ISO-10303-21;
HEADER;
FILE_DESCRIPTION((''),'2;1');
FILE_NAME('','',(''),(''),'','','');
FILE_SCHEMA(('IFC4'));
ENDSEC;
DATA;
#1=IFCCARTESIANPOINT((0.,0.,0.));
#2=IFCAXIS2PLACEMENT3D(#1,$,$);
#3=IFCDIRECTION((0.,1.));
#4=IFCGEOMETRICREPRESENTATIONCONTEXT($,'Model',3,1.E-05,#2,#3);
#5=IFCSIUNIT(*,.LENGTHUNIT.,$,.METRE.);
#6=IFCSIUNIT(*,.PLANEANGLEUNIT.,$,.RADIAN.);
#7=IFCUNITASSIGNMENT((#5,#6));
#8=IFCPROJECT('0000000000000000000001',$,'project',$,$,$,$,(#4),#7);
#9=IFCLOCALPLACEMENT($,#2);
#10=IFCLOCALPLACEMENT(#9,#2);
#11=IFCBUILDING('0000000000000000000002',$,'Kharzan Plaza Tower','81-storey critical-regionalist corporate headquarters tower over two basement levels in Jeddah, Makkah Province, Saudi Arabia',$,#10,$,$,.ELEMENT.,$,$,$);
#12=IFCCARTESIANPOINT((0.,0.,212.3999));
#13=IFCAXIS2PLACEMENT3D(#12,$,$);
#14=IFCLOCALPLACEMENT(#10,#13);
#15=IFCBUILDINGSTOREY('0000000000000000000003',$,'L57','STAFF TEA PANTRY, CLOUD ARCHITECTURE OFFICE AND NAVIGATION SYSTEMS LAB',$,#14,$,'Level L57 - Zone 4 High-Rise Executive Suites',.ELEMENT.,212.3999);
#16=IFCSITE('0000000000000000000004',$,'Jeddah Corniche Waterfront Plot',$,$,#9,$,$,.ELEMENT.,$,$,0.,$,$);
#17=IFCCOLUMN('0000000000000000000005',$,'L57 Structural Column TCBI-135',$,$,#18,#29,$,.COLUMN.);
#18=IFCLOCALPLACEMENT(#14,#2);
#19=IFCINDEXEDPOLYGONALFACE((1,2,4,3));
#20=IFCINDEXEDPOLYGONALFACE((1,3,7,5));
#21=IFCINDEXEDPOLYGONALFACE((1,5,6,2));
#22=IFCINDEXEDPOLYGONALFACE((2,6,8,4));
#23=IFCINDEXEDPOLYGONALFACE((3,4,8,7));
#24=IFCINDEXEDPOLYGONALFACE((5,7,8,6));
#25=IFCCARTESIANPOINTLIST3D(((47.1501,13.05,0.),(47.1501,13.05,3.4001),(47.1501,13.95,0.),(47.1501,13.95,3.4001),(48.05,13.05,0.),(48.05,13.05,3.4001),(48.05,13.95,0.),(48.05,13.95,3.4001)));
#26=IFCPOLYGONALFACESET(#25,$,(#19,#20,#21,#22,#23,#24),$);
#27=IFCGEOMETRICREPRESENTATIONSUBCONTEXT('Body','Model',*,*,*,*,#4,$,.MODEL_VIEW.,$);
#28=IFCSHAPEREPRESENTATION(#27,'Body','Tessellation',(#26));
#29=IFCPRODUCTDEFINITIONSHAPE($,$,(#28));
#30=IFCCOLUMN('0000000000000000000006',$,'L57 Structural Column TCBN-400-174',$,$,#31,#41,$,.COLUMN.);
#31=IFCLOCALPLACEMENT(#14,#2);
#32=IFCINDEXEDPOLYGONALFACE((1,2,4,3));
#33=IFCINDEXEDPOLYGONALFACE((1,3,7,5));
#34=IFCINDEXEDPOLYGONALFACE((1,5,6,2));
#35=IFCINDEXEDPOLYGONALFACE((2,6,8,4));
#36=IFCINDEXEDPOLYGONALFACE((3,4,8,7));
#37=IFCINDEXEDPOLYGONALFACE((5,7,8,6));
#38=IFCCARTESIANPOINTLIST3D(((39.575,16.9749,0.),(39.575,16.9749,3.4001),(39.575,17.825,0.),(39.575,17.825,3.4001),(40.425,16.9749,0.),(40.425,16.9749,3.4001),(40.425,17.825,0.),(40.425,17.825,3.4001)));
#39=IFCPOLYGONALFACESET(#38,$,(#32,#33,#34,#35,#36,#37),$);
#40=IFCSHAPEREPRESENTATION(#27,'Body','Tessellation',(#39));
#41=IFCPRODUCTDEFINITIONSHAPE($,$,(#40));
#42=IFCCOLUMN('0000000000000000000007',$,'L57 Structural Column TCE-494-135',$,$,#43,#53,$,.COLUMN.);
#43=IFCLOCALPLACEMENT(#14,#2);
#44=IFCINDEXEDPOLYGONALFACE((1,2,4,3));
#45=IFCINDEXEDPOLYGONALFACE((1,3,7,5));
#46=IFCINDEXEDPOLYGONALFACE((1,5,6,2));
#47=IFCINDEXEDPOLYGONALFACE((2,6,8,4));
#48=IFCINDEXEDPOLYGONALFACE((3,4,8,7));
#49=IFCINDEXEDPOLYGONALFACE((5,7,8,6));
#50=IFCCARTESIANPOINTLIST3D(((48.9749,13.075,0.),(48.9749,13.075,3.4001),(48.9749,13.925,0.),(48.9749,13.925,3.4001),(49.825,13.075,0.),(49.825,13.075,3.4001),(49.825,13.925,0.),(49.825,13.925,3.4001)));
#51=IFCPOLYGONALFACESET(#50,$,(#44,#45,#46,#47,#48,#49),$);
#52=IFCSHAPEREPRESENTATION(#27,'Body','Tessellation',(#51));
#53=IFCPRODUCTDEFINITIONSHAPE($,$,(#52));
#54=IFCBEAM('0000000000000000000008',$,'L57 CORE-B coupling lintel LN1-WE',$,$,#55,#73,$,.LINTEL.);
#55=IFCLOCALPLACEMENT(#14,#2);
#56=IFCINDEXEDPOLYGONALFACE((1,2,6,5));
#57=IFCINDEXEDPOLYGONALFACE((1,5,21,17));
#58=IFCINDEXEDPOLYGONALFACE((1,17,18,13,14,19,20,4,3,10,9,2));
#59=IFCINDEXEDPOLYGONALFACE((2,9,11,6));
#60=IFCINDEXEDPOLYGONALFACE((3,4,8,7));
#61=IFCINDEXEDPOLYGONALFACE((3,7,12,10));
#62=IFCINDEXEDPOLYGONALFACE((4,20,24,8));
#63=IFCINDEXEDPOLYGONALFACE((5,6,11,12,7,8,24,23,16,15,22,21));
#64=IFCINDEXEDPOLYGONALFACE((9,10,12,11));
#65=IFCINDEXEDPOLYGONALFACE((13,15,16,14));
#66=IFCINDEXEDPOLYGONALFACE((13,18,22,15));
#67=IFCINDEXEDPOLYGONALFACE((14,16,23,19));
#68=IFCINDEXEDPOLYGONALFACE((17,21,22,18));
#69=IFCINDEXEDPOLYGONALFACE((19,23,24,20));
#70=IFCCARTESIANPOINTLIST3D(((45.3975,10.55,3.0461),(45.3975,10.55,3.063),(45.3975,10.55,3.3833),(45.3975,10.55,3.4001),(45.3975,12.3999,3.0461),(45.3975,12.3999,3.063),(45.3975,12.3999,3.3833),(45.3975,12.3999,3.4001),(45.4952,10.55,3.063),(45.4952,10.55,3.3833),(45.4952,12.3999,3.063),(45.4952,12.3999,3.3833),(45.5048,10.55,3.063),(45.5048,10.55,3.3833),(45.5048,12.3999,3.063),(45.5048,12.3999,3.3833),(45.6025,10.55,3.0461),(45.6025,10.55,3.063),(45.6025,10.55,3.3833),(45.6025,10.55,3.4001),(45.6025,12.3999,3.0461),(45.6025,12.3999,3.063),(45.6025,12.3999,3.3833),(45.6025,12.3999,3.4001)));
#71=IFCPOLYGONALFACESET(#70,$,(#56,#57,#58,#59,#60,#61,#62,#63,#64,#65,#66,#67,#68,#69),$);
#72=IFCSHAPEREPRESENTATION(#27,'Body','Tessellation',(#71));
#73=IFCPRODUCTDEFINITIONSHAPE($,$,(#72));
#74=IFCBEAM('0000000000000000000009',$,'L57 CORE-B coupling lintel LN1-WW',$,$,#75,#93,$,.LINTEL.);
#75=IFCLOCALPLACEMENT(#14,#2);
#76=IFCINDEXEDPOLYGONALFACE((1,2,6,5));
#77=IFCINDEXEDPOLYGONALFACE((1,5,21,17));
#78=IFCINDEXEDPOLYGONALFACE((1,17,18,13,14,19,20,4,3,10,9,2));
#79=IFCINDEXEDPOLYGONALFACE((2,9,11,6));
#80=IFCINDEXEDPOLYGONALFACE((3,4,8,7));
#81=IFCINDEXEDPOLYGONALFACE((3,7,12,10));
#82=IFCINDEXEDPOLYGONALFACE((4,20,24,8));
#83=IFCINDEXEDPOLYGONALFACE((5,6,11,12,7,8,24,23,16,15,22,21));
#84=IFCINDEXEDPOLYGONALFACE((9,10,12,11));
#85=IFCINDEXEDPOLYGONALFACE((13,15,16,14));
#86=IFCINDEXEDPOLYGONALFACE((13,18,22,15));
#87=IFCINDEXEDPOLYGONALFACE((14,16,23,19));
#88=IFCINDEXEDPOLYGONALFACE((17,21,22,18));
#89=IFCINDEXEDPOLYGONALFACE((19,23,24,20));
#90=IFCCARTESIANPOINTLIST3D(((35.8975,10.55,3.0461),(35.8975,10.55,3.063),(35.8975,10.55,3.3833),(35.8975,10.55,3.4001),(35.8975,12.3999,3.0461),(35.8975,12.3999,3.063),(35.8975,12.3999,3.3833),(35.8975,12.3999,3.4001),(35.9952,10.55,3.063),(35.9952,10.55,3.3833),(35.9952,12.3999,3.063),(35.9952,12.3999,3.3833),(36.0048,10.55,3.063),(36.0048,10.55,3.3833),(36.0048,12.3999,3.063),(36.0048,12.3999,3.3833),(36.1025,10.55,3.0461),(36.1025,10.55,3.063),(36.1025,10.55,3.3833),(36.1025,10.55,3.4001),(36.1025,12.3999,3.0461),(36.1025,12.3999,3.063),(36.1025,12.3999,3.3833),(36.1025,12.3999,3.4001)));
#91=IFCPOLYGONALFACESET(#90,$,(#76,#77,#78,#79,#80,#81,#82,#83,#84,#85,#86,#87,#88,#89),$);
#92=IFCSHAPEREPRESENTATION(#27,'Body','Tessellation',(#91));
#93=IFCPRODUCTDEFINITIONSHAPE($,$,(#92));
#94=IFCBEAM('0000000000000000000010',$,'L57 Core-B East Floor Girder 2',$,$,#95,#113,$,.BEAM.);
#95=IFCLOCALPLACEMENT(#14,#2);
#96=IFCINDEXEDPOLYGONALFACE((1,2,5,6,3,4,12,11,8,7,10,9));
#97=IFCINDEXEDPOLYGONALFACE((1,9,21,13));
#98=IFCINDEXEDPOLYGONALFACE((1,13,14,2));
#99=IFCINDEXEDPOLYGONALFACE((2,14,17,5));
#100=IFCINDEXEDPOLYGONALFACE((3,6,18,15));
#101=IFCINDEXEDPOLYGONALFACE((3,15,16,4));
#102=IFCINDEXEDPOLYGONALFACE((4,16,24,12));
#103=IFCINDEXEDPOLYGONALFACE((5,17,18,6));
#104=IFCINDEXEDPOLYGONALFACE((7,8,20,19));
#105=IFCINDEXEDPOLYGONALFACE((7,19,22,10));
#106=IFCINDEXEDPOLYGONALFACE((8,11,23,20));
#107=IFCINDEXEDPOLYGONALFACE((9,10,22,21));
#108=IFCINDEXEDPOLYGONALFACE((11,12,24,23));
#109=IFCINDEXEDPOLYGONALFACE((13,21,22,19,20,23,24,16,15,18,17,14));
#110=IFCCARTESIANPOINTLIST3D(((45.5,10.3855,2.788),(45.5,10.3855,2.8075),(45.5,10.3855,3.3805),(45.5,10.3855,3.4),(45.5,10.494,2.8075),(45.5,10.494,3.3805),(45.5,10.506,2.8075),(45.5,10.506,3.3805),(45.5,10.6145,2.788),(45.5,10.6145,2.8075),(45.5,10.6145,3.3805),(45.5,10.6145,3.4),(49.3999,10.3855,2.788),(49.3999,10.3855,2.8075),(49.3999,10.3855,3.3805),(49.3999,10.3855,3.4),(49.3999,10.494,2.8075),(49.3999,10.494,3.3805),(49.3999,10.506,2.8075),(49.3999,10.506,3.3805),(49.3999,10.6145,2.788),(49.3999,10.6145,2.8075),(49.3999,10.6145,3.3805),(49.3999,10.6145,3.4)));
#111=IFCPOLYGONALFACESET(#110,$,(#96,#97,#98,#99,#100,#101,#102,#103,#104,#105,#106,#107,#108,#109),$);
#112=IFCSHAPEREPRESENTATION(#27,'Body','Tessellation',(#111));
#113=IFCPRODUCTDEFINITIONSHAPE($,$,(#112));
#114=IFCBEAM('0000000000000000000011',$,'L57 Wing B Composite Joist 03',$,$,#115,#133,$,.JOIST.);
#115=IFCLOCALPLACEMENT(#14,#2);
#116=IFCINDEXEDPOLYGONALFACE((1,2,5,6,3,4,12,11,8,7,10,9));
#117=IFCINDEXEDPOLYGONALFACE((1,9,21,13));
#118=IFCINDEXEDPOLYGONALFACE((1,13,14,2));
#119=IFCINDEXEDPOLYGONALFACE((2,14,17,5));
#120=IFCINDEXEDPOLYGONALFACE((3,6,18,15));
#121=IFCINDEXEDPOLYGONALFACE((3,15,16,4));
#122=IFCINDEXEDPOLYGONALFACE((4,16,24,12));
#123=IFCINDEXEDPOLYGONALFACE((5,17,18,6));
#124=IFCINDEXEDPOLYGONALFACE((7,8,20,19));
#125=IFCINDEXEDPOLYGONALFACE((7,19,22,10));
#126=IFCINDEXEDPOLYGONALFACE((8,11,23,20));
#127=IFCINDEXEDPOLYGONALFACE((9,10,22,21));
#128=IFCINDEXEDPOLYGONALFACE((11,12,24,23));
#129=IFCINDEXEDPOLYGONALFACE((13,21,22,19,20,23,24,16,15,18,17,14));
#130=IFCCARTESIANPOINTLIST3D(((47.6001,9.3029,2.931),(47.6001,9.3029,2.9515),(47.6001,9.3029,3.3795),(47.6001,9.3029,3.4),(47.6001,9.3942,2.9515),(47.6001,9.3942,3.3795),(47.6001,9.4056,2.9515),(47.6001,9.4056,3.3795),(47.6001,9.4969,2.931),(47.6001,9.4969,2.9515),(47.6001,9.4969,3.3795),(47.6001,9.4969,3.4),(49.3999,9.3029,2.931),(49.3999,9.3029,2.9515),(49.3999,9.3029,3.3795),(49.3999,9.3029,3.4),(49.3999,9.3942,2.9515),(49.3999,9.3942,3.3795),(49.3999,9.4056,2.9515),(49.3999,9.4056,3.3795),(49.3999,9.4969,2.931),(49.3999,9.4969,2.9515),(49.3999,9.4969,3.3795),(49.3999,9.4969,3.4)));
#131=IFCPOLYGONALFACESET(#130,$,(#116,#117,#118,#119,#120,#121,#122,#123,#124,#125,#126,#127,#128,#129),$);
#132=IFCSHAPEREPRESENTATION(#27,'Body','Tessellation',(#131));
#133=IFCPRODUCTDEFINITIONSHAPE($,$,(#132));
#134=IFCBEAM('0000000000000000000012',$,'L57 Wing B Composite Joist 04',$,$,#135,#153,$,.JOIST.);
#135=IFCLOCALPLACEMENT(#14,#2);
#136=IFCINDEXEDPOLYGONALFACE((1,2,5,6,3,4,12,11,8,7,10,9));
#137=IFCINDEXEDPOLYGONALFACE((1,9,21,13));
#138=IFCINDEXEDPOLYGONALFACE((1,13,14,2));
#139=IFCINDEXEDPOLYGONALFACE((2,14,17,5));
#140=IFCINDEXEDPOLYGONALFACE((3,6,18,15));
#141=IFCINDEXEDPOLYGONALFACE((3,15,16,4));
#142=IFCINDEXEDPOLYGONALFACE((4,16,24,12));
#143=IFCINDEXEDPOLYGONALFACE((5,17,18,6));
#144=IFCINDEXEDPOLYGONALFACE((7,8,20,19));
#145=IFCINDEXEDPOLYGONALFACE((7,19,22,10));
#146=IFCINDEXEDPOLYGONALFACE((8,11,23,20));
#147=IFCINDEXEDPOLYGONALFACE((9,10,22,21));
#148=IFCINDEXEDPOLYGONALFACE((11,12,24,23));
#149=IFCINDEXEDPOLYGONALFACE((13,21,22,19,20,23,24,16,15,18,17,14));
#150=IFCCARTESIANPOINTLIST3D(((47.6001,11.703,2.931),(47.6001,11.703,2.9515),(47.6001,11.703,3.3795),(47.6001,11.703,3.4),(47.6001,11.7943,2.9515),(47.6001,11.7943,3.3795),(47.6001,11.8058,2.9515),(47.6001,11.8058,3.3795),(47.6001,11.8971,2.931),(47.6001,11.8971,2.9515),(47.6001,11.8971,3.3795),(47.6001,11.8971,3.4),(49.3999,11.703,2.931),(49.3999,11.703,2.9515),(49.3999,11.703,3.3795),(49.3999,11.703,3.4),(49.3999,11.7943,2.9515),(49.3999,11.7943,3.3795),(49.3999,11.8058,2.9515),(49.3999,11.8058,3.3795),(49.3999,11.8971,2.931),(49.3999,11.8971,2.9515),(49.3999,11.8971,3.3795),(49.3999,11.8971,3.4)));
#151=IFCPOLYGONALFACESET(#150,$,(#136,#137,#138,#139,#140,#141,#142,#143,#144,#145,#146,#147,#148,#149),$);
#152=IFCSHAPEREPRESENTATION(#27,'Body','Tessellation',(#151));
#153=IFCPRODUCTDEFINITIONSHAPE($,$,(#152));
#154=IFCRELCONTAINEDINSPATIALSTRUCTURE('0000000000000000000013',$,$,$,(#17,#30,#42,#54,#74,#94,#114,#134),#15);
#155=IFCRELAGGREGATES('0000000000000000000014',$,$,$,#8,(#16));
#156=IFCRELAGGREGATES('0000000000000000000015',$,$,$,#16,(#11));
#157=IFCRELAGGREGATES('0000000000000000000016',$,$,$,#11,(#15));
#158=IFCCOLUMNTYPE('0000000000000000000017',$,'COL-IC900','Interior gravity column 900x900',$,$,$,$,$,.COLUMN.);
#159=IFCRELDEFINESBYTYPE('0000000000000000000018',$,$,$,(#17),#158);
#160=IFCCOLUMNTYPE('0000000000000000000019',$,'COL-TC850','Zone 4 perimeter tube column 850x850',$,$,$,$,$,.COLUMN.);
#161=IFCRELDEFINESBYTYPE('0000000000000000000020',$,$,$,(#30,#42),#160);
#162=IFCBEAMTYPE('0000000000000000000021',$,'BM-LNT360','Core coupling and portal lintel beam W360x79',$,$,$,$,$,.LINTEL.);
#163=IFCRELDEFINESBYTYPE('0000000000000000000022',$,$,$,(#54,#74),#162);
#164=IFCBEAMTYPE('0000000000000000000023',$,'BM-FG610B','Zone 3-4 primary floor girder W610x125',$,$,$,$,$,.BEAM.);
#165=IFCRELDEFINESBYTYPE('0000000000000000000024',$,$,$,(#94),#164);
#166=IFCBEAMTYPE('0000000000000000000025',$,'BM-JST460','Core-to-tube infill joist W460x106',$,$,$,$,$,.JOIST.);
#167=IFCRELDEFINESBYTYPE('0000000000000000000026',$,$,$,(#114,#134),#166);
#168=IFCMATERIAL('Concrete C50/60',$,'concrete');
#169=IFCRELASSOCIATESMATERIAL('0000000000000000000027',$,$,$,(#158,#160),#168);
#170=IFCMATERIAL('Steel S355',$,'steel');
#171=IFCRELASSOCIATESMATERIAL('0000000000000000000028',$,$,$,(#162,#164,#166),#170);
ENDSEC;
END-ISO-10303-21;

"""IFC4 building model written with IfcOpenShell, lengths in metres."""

from ifc_helpers import new_model, si_unit, direction, frame, origin, origin_2d, place, context, subcontext, project, spatial, rectangle, i_section, extrude, source, transform, mapped, material, material_profile, profile_set, type_object, element, save


model = new_model("IFC4")

# Units and contexts
model_context = context("Model", 3, precision=1e-05, world=origin(), true_north=direction((0.0, 1.0)))
body_context = subcontext(model_context, "Body", "Model", "MODEL_VIEW")
ifc_project = project(units=[si_unit("LENGTHUNIT", "METRE"), si_unit("PLANEANGLEUNIT", "RADIAN")], contexts=[model_context])

# Site, building, storey
site_placement = place(None, origin())
site = spatial("IfcSite", under=ifc_project, at=site_placement, Name="Jeddah Corniche Waterfront Plot", CompositionType="ELEMENT", RefElevation=0.0)
building_placement = place(site_placement, origin())
building = spatial("IfcBuilding", under=site, at=building_placement, Name="Kharzan Plaza Tower", Description="81-storey critical-regionalist corporate headquarters tower over two basement levels in Jeddah, Makkah Province, Saudi Arabia", CompositionType="ELEMENT")
storey_placement = place(building_placement, frame((0.0, 0.0, 212.3999)))
storey = spatial("IfcBuildingStorey", under=building, at=storey_placement, Name="L57", Description="STAFF TEA PANTRY, CLOUD ARCHITECTURE OFFICE AND NAVIGATION SYSTEMS LAB", LongName="Level L57 - Zone 4 High-Rise Executive Suites", CompositionType="ELEMENT", Elevation=212.3999)

# Columns
ifc_material_1 = material(Name="Concrete C50/60", Category="concrete")
ifc_material_profile_1 = material_profile(ifc_material_1, rectangle(XDim=0.8999, YDim=0.8999, at=origin_2d()), Name="RC-IC900x900")
ifc_profile_set_1 = profile_set([ifc_material_profile_1], Name="Concrete C50/60")
column_type_1 = type_object("IfcColumnType", Name="COL-IC900", Description="Interior gravity column 900x900", PredefinedType="COLUMN", material=ifc_profile_set_1)
shared_shape_1 = source(origin(), body_context, "Body", "SweptSolid", [
    extrude(rectangle(XDim=0.8999, YDim=0.8999, at=origin_2d()), origin(), (0.0, 0.0, 1.0), 3.4001),
])
column_placement = place(storey_placement, frame((47.6001, 13.5, 0.0), z_axis=(0.0, 0.0, 1.0), x_axis=(1.0, 0.0, 0.0)))
element("IfcColumn", 1, at=column_placement, inside=storey, type_object=column_type_1, Name="L57 Structural Column TCBI-135", PredefinedType="COLUMN", context=body_context, shape_type="MappedRepresentation", body=[
    mapped(shared_shape_1, transform((0.0, 0.0, 0.0), x_axis=(1.0, 0.0, 0.0), y_axis=(0.0, 1.0, 0.0), z_axis=(0.0, 0.0, 1.0))),
])
ifc_material_profile_2 = material_profile(ifc_material_1, rectangle(XDim=0.8501, YDim=0.8501, at=origin_2d()), Name="RC-TC850x850")
ifc_profile_set_2 = profile_set([ifc_material_profile_2], Name="Concrete C50/60")
column_type_2 = type_object("IfcColumnType", Name="COL-TC850", Description="Zone 4 perimeter tube column 850x850", PredefinedType="COLUMN", material=ifc_profile_set_2)
shared_shape_2 = source(origin(), body_context, "Body", "SweptSolid", [
    extrude(rectangle(XDim=0.8501, YDim=0.8501, at=origin_2d()), origin(), (0.0, 0.0, 1.0), 3.4001),
])
for number, where, z_axis, x_axis, name in (
    (2, (40.0, 17.3999, 0.0), (0.0, 0.0, 1.0), (1.0, 0.0, 0.0), "L57 Structural Column TCBN-400-174"),
    (3, (49.3999, 13.5, 0.0), (0.0, 0.0, 1.0), (1.0, 0.0, 0.0), "L57 Structural Column TCE-494-135"),
):
    element("IfcColumn", number, at=place(storey_placement, frame(where, z_axis=z_axis, x_axis=x_axis)), inside=storey, type_object=column_type_2, Name=name, PredefinedType="COLUMN", context=body_context, shape_type="MappedRepresentation", body=[
        mapped(shared_shape_2, transform((0.0, 0.0, 0.0), x_axis=(1.0, 0.0, 0.0), y_axis=(0.0, 1.0, 0.0), z_axis=(0.0, 0.0, 1.0))),
    ])

# Beams
ifc_material_2 = material(Name="Steel S355", Category="steel")
ifc_material_profile_3 = material_profile(ifc_material_2, i_section(OverallWidth=0.2051, OverallDepth=0.354, WebThickness=0.0095, FlangeThickness=0.0168, at=origin_2d()), Name="W360x79")
ifc_profile_set_3 = profile_set([ifc_material_profile_3], Name="Steel S355")
beam_type_1 = type_object("IfcBeamType", Name="BM-LNT360", Description="Core coupling and portal lintel beam W360x79", PredefinedType="LINTEL", material=ifc_profile_set_3)
shared_shape_3 = source(origin(), body_context, "Body", "SweptSolid", [
    extrude(i_section(OverallWidth=0.2051, OverallDepth=0.354, WebThickness=0.0095, FlangeThickness=0.0168, at=origin_2d()), origin(), (0.0, 0.0, 1.0), 1.8499),
])
for number, where, z_axis, x_axis, name in (
    (4, (45.5, 10.55, 3.2231), (0.0, 1.0, 0.0), (-1.0, 0.0, 0.0), "L57 CORE-B coupling lintel LN1-WE"),
    (5, (36.0, 10.55, 3.2231), (0.0, 1.0, 0.0), (-1.0, 0.0, 0.0), "L57 CORE-B coupling lintel LN1-WW"),
):
    element("IfcBeam", number, at=place(storey_placement, frame(where, z_axis=z_axis, x_axis=x_axis)), inside=storey, type_object=beam_type_1, Name=name, PredefinedType="LINTEL", context=body_context, shape_type="MappedRepresentation", body=[
        mapped(shared_shape_3, transform((0.0, 0.0, 0.0), x_axis=(1.0, 0.0, 0.0), y_axis=(0.0, 1.0, 0.0), z_axis=(0.0, 0.0, 1.0))),
    ])
ifc_material_profile_4 = material_profile(ifc_material_2, i_section(OverallWidth=0.229, OverallDepth=0.6121, WebThickness=0.012, FlangeThickness=0.0195, at=origin_2d()), Name="W610x125")
ifc_profile_set_4 = profile_set([ifc_material_profile_4], Name="Steel S355")
beam_type_2 = type_object("IfcBeamType", Name="BM-FG610B", Description="Zone 3-4 primary floor girder W610x125", PredefinedType="BEAM", material=ifc_profile_set_4)
shared_shape_4 = source(origin(), body_context, "Body", "SweptSolid", [
    extrude(i_section(OverallWidth=0.229, OverallDepth=0.6121, WebThickness=0.012, FlangeThickness=0.0195, at=origin_2d()), origin(), (0.0, 0.0, 1.0), 3.8999),
])
beam_placement = place(storey_placement, frame((45.5, 10.5, 3.094), z_axis=(1.0, 0.0, 0.0), x_axis=(0.0, 1.0, 0.0)))
element("IfcBeam", 6, at=beam_placement, inside=storey, type_object=beam_type_2, Name="L57 Core-B East Floor Girder 2", PredefinedType="BEAM", context=body_context, shape_type="MappedRepresentation", body=[
    mapped(shared_shape_4, transform((0.0, 0.0, 0.0), x_axis=(1.0, 0.0, 0.0), y_axis=(0.0, 1.0, 0.0), z_axis=(0.0, 0.0, 1.0))),
])
ifc_material_profile_5 = material_profile(ifc_material_2, i_section(OverallWidth=0.1941, OverallDepth=0.469, WebThickness=0.0115, FlangeThickness=0.0205, at=origin_2d()), Name="W460x106")
ifc_profile_set_5 = profile_set([ifc_material_profile_5], Name="Steel S355")
beam_type_3 = type_object("IfcBeamType", Name="BM-JST460", Description="Core-to-tube infill joist W460x106", PredefinedType="JOIST", material=ifc_profile_set_5)
shared_shape_5 = source(origin(), body_context, "Body", "SweptSolid", [
    extrude(i_section(OverallWidth=0.1941, OverallDepth=0.469, WebThickness=0.0115, FlangeThickness=0.0205, at=origin_2d()), origin(), (0.0, 0.0, 1.0), 1.7998),
])
for number, where, z_axis, x_axis, name in (
    (7, (47.6001, 9.3999, 3.1655), (1.0, 0.0, 0.0), (0.0, 1.0, 0.0), "L57 Wing B Composite Joist 03"),
    (8, (47.6001, 11.8, 3.1655), (1.0, 0.0, 0.0), (0.0, 1.0, 0.0), "L57 Wing B Composite Joist 04"),
):
    element("IfcBeam", number, at=place(storey_placement, frame(where, z_axis=z_axis, x_axis=x_axis)), inside=storey, type_object=beam_type_3, Name=name, PredefinedType="JOIST", context=body_context, shape_type="MappedRepresentation", body=[
        mapped(shared_shape_5, transform((0.0, 0.0, 0.0), x_axis=(1.0, 0.0, 0.0), y_axis=(0.0, 1.0, 0.0), z_axis=(0.0, 0.0, 1.0))),
    ])

save(model, "model.ifc")
